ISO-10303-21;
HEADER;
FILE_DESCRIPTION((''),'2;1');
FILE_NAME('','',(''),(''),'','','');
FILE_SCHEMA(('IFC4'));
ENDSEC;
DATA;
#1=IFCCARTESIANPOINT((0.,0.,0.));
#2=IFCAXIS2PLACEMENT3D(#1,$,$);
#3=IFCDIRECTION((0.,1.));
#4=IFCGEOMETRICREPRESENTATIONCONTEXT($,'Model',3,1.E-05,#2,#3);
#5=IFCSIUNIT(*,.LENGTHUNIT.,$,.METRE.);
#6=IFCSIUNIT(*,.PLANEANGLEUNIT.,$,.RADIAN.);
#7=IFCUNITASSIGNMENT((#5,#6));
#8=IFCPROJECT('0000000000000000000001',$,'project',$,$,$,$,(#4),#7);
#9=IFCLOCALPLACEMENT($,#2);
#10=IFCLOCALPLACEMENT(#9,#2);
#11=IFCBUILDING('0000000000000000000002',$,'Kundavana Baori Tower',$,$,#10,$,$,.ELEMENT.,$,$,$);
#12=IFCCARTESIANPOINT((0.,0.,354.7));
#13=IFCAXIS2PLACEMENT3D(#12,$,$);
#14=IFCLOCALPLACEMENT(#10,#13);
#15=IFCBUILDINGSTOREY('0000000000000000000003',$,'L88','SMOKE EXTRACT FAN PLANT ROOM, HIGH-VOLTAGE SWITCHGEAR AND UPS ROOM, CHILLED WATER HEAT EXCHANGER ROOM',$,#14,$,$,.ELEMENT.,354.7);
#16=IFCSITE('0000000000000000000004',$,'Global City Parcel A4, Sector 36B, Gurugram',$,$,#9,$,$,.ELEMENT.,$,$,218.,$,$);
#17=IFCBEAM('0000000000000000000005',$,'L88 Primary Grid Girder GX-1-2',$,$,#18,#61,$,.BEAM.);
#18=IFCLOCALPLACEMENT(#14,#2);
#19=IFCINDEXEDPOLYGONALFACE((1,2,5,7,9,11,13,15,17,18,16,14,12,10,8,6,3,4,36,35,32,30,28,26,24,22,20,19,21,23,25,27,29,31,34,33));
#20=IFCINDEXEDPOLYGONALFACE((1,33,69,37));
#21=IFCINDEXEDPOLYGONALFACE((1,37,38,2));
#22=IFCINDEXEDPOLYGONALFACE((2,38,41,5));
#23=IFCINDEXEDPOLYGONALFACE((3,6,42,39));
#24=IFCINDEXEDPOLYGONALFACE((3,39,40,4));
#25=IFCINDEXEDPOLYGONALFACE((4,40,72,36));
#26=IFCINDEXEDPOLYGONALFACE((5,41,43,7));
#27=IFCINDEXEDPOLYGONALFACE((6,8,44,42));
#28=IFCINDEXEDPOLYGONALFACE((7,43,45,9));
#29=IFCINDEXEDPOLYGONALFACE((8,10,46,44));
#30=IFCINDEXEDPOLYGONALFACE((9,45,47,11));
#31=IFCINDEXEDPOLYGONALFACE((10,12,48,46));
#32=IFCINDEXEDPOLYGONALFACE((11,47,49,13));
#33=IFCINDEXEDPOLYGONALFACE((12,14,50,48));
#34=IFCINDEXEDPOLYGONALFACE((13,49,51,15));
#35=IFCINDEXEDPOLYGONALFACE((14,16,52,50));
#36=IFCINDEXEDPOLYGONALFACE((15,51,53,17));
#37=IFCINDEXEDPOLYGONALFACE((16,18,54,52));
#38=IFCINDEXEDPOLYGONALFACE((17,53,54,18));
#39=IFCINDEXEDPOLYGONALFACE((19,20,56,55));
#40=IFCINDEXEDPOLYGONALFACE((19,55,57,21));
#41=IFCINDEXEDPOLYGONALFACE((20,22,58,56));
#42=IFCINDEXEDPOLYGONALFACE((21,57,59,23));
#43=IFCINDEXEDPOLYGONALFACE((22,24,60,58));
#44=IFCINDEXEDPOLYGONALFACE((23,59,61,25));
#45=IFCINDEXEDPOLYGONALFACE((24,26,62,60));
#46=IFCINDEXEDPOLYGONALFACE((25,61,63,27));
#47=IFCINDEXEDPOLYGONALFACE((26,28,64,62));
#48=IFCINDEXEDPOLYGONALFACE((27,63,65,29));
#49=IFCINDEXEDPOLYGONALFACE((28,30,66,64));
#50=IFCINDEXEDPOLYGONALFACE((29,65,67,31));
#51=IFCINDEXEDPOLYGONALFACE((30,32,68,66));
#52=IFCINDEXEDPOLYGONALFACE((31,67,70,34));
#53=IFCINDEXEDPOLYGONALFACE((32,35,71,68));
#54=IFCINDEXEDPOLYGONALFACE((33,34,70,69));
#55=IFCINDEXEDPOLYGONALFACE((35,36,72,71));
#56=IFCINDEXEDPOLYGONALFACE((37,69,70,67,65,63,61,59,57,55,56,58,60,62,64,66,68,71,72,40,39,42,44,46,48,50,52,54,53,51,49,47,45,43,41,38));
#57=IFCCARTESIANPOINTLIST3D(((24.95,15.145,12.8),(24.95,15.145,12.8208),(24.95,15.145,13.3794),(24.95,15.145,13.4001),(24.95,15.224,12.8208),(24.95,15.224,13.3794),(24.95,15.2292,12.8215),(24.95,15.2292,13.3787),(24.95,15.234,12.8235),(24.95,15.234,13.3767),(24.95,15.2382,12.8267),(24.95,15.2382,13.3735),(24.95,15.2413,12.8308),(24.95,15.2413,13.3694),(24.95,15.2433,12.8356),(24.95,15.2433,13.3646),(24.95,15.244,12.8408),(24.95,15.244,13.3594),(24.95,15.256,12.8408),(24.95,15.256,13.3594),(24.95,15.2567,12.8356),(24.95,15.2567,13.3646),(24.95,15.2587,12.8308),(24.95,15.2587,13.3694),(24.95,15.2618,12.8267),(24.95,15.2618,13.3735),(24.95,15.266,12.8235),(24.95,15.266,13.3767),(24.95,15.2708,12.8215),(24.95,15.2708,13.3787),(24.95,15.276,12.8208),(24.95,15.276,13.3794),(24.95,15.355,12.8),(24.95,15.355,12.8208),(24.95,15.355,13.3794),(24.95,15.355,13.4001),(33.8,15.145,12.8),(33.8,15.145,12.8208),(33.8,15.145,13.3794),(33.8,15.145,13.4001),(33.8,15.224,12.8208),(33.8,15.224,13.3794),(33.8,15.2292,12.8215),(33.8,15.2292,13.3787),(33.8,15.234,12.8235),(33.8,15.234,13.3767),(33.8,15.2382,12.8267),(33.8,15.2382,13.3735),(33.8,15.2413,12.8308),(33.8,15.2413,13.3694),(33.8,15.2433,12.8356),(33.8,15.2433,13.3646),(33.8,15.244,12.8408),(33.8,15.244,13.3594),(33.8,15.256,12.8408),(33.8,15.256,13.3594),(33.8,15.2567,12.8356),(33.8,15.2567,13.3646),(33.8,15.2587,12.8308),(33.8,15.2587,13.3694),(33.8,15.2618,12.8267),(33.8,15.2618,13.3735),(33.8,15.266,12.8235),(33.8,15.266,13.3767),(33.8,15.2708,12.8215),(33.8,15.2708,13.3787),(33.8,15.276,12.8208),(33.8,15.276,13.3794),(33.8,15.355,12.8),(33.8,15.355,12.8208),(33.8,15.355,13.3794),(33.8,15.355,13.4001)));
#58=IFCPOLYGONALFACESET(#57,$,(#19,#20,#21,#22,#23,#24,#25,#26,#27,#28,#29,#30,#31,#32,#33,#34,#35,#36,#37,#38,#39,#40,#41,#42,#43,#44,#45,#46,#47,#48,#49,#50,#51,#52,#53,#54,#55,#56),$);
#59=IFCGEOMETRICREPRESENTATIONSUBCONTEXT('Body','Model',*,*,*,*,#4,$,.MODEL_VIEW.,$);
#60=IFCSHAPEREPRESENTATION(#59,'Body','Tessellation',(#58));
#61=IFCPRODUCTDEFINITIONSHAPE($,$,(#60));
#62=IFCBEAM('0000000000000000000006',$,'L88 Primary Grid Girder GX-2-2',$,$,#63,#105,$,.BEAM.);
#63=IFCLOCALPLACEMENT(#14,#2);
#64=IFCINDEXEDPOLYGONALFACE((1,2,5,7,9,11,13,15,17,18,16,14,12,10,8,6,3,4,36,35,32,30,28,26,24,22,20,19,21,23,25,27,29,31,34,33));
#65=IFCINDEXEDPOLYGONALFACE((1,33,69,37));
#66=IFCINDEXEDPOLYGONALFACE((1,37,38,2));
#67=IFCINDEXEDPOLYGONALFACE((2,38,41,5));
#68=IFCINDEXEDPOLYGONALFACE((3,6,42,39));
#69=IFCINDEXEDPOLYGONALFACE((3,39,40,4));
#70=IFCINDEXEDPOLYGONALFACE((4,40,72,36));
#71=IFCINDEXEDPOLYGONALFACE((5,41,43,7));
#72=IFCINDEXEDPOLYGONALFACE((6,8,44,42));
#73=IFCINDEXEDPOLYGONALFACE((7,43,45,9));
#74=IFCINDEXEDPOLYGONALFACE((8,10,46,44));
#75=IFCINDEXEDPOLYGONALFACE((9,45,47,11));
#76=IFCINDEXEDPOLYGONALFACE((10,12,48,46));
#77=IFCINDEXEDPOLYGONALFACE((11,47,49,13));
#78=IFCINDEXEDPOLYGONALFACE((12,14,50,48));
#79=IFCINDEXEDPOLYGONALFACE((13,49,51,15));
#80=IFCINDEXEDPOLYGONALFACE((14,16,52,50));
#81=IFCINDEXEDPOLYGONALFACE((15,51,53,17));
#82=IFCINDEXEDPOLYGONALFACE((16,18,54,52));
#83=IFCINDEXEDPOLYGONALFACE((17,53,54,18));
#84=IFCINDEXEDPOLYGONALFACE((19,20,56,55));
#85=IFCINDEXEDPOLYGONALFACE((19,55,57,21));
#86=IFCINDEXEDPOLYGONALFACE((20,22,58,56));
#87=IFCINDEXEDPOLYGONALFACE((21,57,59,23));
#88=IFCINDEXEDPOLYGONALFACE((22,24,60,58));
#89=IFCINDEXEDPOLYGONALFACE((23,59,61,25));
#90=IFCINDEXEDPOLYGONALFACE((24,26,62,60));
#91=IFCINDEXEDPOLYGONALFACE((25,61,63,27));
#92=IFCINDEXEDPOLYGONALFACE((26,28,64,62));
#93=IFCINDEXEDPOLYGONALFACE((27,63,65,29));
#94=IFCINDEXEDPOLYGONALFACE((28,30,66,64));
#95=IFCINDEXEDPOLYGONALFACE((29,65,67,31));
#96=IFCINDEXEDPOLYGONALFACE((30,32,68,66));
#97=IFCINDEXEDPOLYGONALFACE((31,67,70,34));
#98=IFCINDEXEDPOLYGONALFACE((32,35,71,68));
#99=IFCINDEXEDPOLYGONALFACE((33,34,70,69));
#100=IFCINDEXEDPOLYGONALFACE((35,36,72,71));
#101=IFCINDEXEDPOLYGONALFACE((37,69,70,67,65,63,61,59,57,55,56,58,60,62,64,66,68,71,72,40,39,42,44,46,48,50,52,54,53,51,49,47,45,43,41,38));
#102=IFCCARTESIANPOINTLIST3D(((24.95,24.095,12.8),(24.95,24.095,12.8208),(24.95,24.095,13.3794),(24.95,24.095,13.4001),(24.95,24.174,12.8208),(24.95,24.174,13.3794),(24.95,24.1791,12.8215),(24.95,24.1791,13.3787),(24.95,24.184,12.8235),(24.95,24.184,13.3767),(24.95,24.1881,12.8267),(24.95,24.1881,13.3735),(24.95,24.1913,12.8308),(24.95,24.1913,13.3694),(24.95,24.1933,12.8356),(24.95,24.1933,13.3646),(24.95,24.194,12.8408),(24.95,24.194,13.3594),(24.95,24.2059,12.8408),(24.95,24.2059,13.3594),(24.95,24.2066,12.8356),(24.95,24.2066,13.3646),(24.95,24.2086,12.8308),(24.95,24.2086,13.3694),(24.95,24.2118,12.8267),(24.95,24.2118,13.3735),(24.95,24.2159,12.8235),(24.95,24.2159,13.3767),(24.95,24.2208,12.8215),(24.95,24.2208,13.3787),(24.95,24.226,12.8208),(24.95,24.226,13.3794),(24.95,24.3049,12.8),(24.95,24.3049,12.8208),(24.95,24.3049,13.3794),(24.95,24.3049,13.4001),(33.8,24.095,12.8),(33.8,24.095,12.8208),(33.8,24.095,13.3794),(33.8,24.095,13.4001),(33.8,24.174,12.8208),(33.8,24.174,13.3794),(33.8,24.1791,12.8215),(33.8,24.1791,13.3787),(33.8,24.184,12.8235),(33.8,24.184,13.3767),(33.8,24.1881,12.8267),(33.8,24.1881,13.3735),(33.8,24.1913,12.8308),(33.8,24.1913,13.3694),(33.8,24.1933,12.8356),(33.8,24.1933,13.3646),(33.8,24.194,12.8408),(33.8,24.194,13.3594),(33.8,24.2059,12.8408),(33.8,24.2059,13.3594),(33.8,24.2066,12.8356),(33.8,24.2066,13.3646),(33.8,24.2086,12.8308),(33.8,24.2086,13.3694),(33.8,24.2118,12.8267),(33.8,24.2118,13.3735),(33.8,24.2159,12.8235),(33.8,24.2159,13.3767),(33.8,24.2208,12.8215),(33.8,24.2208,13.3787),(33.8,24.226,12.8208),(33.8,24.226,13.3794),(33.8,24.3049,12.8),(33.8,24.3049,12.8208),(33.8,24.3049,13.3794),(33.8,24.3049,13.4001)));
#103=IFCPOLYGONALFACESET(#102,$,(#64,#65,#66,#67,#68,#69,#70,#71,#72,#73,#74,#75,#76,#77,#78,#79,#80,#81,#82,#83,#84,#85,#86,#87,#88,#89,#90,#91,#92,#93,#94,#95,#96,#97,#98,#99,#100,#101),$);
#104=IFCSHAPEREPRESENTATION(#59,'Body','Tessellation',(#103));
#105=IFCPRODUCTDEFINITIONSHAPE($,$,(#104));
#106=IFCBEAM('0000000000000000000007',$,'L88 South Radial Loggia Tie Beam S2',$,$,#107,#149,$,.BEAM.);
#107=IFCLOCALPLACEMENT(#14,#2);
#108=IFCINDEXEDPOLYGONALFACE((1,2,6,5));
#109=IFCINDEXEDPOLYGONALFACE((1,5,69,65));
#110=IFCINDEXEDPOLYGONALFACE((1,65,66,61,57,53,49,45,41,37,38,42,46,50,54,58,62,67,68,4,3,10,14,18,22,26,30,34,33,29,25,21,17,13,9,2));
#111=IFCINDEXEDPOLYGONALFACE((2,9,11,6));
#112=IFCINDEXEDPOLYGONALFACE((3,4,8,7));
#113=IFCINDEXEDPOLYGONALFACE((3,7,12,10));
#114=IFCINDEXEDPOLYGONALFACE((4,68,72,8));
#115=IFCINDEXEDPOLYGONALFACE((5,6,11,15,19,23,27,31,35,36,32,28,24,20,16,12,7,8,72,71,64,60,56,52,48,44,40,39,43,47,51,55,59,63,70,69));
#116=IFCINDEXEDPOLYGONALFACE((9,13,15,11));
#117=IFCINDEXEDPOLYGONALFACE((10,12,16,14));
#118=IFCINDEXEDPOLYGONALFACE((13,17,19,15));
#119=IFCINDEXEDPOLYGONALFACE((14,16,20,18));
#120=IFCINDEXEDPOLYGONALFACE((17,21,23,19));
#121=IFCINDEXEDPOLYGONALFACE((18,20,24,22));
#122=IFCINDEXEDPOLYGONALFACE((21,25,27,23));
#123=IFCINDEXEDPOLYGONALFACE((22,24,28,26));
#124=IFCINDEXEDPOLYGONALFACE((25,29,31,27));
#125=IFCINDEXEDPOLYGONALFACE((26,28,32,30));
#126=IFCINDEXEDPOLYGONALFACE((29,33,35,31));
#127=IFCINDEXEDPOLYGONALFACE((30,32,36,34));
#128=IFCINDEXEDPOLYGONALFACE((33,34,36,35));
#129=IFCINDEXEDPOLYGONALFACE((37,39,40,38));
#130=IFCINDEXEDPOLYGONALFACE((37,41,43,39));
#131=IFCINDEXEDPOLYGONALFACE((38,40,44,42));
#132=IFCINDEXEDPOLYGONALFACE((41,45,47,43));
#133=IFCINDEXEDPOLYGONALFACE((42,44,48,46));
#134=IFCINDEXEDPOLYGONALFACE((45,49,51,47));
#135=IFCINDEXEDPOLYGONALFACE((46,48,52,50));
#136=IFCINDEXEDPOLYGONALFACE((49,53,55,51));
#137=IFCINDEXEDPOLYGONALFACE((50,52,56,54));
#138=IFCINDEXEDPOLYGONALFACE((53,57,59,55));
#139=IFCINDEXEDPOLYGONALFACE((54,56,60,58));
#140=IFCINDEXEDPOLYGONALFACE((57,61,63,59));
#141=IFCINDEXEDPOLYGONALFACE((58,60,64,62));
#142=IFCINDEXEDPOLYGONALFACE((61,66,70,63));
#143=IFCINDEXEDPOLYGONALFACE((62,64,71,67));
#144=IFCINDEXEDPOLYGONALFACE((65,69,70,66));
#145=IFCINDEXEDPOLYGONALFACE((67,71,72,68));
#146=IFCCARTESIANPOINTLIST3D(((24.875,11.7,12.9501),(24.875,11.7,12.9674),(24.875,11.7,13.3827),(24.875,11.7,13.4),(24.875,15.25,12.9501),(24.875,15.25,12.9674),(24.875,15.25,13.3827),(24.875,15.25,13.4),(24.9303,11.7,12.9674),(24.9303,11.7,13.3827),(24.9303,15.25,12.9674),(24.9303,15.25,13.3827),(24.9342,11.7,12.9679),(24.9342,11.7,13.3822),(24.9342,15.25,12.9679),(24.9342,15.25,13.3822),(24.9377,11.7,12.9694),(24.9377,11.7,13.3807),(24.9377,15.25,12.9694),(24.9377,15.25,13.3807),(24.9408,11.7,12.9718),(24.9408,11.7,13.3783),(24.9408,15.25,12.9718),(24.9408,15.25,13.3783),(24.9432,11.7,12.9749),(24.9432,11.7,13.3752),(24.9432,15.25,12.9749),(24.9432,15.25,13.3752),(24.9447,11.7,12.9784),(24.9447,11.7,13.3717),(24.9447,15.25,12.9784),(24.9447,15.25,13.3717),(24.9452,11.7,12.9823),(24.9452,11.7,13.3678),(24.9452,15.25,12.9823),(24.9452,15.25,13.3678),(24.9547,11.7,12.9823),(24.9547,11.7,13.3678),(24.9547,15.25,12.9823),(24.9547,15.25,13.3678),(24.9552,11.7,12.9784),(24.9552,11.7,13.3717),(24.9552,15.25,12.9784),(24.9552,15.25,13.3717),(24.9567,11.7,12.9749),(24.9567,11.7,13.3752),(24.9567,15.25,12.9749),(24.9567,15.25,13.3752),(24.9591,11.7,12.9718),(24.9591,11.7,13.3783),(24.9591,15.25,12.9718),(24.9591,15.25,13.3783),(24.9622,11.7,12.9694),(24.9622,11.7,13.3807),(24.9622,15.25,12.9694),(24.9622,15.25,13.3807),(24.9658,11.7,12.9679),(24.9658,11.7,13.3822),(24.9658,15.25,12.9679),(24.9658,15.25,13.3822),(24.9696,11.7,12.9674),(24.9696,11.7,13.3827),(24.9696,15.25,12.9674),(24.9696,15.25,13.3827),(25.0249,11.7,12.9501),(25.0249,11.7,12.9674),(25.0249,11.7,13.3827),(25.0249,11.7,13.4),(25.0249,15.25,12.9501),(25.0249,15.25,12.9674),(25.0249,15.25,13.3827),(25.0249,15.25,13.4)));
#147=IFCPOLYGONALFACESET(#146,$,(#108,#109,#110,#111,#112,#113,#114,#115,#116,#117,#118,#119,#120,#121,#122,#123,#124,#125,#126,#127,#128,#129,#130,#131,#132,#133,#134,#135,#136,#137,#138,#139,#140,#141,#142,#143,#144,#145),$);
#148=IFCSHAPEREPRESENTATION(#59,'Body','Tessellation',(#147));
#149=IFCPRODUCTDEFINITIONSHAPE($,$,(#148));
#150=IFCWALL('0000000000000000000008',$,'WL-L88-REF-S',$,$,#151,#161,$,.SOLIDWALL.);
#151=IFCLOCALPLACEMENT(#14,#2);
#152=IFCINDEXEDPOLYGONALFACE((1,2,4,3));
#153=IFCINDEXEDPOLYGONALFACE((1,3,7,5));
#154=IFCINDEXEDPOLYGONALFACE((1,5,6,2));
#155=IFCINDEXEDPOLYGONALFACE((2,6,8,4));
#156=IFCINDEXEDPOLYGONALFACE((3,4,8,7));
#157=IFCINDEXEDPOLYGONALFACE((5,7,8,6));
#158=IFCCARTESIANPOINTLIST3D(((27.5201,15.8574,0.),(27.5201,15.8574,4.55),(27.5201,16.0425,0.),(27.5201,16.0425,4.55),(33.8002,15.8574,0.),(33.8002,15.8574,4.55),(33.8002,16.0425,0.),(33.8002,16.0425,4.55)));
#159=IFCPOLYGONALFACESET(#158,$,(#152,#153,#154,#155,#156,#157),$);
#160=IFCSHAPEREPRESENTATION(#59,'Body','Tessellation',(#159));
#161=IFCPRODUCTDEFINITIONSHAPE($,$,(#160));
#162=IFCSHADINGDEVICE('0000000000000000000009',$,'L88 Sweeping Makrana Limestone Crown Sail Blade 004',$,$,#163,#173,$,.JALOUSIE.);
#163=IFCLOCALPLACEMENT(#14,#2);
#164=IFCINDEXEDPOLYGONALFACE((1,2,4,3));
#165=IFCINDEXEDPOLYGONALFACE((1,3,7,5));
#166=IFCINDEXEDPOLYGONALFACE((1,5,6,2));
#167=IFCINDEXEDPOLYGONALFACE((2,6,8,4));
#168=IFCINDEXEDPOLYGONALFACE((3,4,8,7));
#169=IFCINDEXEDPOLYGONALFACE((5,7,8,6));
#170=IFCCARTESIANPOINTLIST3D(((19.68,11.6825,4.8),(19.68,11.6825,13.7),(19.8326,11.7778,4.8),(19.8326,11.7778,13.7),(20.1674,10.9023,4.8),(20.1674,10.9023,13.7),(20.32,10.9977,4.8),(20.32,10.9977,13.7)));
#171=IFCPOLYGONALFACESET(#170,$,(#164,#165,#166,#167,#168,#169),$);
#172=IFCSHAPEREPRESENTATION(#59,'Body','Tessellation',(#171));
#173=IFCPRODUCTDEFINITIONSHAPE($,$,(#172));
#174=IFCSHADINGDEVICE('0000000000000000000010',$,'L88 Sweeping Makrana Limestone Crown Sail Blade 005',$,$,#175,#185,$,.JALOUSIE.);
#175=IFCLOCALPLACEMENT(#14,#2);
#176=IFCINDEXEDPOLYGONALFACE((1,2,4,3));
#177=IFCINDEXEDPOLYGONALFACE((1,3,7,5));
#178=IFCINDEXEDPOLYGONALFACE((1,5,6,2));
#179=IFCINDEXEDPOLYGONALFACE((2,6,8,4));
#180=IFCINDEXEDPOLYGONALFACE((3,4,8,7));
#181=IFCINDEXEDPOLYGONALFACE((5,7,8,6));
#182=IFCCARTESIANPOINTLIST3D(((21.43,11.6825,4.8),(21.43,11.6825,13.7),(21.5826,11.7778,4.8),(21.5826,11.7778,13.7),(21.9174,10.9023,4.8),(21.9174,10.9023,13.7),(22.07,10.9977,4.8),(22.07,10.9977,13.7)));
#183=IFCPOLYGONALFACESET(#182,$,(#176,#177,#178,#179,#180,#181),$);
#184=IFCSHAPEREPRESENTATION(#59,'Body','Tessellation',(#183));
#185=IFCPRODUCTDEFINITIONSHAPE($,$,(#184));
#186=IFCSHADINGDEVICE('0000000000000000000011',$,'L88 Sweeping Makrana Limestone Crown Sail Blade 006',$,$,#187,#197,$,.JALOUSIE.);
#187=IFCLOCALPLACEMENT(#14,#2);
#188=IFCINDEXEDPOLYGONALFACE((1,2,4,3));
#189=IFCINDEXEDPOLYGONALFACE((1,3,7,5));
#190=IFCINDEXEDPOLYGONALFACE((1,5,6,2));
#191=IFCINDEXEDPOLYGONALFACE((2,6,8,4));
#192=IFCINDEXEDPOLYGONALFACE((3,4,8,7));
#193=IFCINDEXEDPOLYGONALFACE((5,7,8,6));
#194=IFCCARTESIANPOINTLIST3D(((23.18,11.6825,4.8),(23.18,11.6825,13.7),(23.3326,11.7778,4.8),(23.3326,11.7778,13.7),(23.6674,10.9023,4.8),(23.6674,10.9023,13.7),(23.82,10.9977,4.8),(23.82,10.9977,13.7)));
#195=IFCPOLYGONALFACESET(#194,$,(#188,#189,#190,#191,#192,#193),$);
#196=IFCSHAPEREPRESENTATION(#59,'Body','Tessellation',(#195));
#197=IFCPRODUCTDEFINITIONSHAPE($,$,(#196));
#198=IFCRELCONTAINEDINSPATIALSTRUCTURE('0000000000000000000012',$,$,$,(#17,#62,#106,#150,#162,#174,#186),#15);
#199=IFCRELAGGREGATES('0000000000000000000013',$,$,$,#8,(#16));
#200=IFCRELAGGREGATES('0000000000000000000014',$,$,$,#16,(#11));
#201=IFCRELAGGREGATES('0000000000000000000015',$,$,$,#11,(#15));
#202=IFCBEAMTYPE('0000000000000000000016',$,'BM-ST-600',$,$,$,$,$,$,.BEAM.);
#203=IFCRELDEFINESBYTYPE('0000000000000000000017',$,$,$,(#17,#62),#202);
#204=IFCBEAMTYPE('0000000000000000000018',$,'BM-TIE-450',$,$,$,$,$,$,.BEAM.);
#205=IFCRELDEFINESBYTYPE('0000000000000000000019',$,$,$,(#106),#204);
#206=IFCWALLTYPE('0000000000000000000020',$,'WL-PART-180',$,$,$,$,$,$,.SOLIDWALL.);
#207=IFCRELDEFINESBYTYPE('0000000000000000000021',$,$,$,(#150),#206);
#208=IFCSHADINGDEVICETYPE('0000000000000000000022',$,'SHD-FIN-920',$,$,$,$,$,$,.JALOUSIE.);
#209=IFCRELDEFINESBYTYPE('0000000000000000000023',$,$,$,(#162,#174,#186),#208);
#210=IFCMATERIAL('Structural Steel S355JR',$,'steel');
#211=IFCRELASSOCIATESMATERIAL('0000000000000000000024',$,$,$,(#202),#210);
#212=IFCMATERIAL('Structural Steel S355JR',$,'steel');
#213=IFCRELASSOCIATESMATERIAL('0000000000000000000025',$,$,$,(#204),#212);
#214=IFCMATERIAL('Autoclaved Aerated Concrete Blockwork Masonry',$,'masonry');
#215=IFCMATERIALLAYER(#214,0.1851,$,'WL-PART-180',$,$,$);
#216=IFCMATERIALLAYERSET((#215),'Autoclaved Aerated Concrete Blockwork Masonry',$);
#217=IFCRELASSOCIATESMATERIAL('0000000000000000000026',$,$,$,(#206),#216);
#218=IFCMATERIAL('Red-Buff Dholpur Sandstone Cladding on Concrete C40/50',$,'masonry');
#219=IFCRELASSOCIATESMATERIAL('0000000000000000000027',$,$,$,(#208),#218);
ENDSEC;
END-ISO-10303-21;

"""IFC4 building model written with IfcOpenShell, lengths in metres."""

from ifc_helpers import new_model, si_unit, direction, frame, frame_2d, origin, origin_2d, place, context, subcontext, project, spatial, rectangle, i_section, extrude, material, layer, layer_set, material_profile, profile_set, type_object, element, save


model = new_model("IFC4")

# Units and contexts
model_context = context("Model", 3, precision=1e-05, world=origin(), true_north=direction((0.0, 1.0)))
body_context = subcontext(model_context, "Body", "Model", "MODEL_VIEW")
ifc_project = project(units=[si_unit("LENGTHUNIT", "METRE"), si_unit("PLANEANGLEUNIT", "RADIAN")], contexts=[model_context])

# Site, building, storey
site_placement = place(None, origin())
site = spatial("IfcSite", under=ifc_project, at=site_placement, Name="Global City Parcel A4, Sector 36B, Gurugram", CompositionType="ELEMENT", RefElevation=218.0)
building_placement = place(site_placement, origin())
building = spatial("IfcBuilding", under=site, at=building_placement, Name="Kundavana Baori Tower", CompositionType="ELEMENT")
storey_placement = place(building_placement, frame((0.0, 0.0, 354.7)))
storey = spatial("IfcBuildingStorey", under=building, at=storey_placement, Name="L88", Description="SMOKE EXTRACT FAN PLANT ROOM, HIGH-VOLTAGE SWITCHGEAR AND UPS ROOM, CHILLED WATER HEAT EXCHANGER ROOM", CompositionType="ELEMENT", Elevation=354.7)

# Beams
ifc_material_1 = material(Name="Structural Steel S355JR", Category="steel")
ifc_material_profile_1 = material_profile(ifc_material_1, i_section(OverallWidth=0.21, OverallDepth=0.6001, WebThickness=0.012, FlangeThickness=0.0208, FilletRadius=0.02, at=origin_2d()), Name="ISMB 600")
ifc_profile_set_1 = profile_set([ifc_material_profile_1], Name="Structural Steel S355JR")
beam_type_1 = type_object("IfcBeamType", Name="BM-ST-600", PredefinedType="BEAM", material=ifc_profile_set_1)
for number, where, z_axis, x_axis, name in (
    (1, (24.95, 15.25, 13.1001), (1.0, 0.0, 0.0), (0.0, 1.0, 0.0), "L88 Primary Grid Girder GX-1-2"),
    (2, (24.95, 24.2, 13.1001), (1.0, 0.0, 0.0), (0.0, 1.0, 0.0), "L88 Primary Grid Girder GX-2-2"),
):
    element("IfcBeam", number, at=place(storey_placement, frame(where, z_axis=z_axis, x_axis=x_axis)), inside=storey, type_object=beam_type_1, Name=name, PredefinedType="BEAM", context=body_context, shape_type="SweptSolid", body=[
        extrude(i_section(OverallWidth=0.21, OverallDepth=0.6001, WebThickness=0.012, FlangeThickness=0.0208, FilletRadius=0.02, at=origin_2d()), origin(), (0.0, 0.0, 1.0), 8.8501),
    ])
ifc_material_2 = material(Name="Structural Steel S355JR", Category="steel")
ifc_material_profile_2 = material_profile(ifc_material_2, i_section(OverallWidth=0.1499, OverallDepth=0.45, WebThickness=0.0095, FlangeThickness=0.0173, FilletRadius=0.0149, at=origin_2d()), Name="ISMB 450")
ifc_profile_set_2 = profile_set([ifc_material_profile_2], Name="Structural Steel S355JR")
beam_type_2 = type_object("IfcBeamType", Name="BM-TIE-450", PredefinedType="BEAM", material=ifc_profile_set_2)
beam_1_placement = place(storey_placement, frame((24.95, 15.25, 13.175), z_axis=(0.0, -1.0, 0.0), x_axis=(1.0, 0.0, 0.0)))
element("IfcBeam", 3, at=beam_1_placement, inside=storey, type_object=beam_type_2, Name="L88 South Radial Loggia Tie Beam S2", PredefinedType="BEAM", context=body_context, shape_type="SweptSolid", body=[
    extrude(i_section(OverallWidth=0.1499, OverallDepth=0.45, WebThickness=0.0095, FlangeThickness=0.0173, FilletRadius=0.0149, at=origin_2d()), origin(), (0.0, 0.0, 1.0), 3.55),
])

# Wall
ifc_material_3 = material(Name="Autoclaved Aerated Concrete Blockwork Masonry", Category="masonry")
ifc_layer = layer(ifc_material_3, 0.1851, Name="WL-PART-180")
ifc_layer_set = layer_set([ifc_layer], Name="Autoclaved Aerated Concrete Blockwork Masonry")
wall_type = type_object("IfcWallType", Name="WL-PART-180", PredefinedType="SOLIDWALL", material=ifc_layer_set)
wall_placement = place(storey_placement, frame((27.52, 15.95, 0.0), z_axis=(0.0, 0.0, 1.0), x_axis=(1.0, 0.0, 0.0)))
element("IfcWall", 4, at=wall_placement, inside=storey, type_object=wall_type, Name="WL-L88-REF-S", PredefinedType="SOLIDWALL", context=body_context, shape_type="SweptSolid", body=[
    extrude(rectangle(XDim=6.28, YDim=0.1851, at=frame_2d((3.1401, 0.0))), origin(), (0.0, 0.0, 1.0), 4.55),
])

# Shading devices
ifc_material_4 = material(Name="Red-Buff Dholpur Sandstone Cladding on Concrete C40/50", Category="masonry")
shading_device_type = type_object("IfcShadingDeviceType", Name="SHD-FIN-920", PredefinedType="JALOUSIE", material=ifc_material_4)
for number, where, z_axis, x_axis, name in (
    (5, (20.0, 11.3401, 4.8), (0.0, 0.0, 1.0), (0.848048, 0.529919, 0.0), "L88 Sweeping Makrana Limestone Crown Sail Blade 004"),
    (6, (21.75, 11.3401, 4.8), (0.0, 0.0, 1.0), (0.848048, 0.529919, 0.0), "L88 Sweeping Makrana Limestone Crown Sail Blade 005"),
    (7, (23.5, 11.3401, 4.8), (0.0, 0.0, 1.0), (0.848048, 0.529919, 0.0), "L88 Sweeping Makrana Limestone Crown Sail Blade 006"),
):
    element("IfcShadingDevice", number, at=place(storey_placement, frame(where, z_axis=z_axis, x_axis=x_axis)), inside=storey, type_object=shading_device_type, Name=name, PredefinedType="JALOUSIE", context=body_context, shape_type="SweptSolid", body=[
        extrude(rectangle(XDim=0.1799, YDim=0.9199, at=origin_2d()), origin(), (0.0, 0.0, 1.0), 8.8999),
    ])

save(model, "model.ifc")
